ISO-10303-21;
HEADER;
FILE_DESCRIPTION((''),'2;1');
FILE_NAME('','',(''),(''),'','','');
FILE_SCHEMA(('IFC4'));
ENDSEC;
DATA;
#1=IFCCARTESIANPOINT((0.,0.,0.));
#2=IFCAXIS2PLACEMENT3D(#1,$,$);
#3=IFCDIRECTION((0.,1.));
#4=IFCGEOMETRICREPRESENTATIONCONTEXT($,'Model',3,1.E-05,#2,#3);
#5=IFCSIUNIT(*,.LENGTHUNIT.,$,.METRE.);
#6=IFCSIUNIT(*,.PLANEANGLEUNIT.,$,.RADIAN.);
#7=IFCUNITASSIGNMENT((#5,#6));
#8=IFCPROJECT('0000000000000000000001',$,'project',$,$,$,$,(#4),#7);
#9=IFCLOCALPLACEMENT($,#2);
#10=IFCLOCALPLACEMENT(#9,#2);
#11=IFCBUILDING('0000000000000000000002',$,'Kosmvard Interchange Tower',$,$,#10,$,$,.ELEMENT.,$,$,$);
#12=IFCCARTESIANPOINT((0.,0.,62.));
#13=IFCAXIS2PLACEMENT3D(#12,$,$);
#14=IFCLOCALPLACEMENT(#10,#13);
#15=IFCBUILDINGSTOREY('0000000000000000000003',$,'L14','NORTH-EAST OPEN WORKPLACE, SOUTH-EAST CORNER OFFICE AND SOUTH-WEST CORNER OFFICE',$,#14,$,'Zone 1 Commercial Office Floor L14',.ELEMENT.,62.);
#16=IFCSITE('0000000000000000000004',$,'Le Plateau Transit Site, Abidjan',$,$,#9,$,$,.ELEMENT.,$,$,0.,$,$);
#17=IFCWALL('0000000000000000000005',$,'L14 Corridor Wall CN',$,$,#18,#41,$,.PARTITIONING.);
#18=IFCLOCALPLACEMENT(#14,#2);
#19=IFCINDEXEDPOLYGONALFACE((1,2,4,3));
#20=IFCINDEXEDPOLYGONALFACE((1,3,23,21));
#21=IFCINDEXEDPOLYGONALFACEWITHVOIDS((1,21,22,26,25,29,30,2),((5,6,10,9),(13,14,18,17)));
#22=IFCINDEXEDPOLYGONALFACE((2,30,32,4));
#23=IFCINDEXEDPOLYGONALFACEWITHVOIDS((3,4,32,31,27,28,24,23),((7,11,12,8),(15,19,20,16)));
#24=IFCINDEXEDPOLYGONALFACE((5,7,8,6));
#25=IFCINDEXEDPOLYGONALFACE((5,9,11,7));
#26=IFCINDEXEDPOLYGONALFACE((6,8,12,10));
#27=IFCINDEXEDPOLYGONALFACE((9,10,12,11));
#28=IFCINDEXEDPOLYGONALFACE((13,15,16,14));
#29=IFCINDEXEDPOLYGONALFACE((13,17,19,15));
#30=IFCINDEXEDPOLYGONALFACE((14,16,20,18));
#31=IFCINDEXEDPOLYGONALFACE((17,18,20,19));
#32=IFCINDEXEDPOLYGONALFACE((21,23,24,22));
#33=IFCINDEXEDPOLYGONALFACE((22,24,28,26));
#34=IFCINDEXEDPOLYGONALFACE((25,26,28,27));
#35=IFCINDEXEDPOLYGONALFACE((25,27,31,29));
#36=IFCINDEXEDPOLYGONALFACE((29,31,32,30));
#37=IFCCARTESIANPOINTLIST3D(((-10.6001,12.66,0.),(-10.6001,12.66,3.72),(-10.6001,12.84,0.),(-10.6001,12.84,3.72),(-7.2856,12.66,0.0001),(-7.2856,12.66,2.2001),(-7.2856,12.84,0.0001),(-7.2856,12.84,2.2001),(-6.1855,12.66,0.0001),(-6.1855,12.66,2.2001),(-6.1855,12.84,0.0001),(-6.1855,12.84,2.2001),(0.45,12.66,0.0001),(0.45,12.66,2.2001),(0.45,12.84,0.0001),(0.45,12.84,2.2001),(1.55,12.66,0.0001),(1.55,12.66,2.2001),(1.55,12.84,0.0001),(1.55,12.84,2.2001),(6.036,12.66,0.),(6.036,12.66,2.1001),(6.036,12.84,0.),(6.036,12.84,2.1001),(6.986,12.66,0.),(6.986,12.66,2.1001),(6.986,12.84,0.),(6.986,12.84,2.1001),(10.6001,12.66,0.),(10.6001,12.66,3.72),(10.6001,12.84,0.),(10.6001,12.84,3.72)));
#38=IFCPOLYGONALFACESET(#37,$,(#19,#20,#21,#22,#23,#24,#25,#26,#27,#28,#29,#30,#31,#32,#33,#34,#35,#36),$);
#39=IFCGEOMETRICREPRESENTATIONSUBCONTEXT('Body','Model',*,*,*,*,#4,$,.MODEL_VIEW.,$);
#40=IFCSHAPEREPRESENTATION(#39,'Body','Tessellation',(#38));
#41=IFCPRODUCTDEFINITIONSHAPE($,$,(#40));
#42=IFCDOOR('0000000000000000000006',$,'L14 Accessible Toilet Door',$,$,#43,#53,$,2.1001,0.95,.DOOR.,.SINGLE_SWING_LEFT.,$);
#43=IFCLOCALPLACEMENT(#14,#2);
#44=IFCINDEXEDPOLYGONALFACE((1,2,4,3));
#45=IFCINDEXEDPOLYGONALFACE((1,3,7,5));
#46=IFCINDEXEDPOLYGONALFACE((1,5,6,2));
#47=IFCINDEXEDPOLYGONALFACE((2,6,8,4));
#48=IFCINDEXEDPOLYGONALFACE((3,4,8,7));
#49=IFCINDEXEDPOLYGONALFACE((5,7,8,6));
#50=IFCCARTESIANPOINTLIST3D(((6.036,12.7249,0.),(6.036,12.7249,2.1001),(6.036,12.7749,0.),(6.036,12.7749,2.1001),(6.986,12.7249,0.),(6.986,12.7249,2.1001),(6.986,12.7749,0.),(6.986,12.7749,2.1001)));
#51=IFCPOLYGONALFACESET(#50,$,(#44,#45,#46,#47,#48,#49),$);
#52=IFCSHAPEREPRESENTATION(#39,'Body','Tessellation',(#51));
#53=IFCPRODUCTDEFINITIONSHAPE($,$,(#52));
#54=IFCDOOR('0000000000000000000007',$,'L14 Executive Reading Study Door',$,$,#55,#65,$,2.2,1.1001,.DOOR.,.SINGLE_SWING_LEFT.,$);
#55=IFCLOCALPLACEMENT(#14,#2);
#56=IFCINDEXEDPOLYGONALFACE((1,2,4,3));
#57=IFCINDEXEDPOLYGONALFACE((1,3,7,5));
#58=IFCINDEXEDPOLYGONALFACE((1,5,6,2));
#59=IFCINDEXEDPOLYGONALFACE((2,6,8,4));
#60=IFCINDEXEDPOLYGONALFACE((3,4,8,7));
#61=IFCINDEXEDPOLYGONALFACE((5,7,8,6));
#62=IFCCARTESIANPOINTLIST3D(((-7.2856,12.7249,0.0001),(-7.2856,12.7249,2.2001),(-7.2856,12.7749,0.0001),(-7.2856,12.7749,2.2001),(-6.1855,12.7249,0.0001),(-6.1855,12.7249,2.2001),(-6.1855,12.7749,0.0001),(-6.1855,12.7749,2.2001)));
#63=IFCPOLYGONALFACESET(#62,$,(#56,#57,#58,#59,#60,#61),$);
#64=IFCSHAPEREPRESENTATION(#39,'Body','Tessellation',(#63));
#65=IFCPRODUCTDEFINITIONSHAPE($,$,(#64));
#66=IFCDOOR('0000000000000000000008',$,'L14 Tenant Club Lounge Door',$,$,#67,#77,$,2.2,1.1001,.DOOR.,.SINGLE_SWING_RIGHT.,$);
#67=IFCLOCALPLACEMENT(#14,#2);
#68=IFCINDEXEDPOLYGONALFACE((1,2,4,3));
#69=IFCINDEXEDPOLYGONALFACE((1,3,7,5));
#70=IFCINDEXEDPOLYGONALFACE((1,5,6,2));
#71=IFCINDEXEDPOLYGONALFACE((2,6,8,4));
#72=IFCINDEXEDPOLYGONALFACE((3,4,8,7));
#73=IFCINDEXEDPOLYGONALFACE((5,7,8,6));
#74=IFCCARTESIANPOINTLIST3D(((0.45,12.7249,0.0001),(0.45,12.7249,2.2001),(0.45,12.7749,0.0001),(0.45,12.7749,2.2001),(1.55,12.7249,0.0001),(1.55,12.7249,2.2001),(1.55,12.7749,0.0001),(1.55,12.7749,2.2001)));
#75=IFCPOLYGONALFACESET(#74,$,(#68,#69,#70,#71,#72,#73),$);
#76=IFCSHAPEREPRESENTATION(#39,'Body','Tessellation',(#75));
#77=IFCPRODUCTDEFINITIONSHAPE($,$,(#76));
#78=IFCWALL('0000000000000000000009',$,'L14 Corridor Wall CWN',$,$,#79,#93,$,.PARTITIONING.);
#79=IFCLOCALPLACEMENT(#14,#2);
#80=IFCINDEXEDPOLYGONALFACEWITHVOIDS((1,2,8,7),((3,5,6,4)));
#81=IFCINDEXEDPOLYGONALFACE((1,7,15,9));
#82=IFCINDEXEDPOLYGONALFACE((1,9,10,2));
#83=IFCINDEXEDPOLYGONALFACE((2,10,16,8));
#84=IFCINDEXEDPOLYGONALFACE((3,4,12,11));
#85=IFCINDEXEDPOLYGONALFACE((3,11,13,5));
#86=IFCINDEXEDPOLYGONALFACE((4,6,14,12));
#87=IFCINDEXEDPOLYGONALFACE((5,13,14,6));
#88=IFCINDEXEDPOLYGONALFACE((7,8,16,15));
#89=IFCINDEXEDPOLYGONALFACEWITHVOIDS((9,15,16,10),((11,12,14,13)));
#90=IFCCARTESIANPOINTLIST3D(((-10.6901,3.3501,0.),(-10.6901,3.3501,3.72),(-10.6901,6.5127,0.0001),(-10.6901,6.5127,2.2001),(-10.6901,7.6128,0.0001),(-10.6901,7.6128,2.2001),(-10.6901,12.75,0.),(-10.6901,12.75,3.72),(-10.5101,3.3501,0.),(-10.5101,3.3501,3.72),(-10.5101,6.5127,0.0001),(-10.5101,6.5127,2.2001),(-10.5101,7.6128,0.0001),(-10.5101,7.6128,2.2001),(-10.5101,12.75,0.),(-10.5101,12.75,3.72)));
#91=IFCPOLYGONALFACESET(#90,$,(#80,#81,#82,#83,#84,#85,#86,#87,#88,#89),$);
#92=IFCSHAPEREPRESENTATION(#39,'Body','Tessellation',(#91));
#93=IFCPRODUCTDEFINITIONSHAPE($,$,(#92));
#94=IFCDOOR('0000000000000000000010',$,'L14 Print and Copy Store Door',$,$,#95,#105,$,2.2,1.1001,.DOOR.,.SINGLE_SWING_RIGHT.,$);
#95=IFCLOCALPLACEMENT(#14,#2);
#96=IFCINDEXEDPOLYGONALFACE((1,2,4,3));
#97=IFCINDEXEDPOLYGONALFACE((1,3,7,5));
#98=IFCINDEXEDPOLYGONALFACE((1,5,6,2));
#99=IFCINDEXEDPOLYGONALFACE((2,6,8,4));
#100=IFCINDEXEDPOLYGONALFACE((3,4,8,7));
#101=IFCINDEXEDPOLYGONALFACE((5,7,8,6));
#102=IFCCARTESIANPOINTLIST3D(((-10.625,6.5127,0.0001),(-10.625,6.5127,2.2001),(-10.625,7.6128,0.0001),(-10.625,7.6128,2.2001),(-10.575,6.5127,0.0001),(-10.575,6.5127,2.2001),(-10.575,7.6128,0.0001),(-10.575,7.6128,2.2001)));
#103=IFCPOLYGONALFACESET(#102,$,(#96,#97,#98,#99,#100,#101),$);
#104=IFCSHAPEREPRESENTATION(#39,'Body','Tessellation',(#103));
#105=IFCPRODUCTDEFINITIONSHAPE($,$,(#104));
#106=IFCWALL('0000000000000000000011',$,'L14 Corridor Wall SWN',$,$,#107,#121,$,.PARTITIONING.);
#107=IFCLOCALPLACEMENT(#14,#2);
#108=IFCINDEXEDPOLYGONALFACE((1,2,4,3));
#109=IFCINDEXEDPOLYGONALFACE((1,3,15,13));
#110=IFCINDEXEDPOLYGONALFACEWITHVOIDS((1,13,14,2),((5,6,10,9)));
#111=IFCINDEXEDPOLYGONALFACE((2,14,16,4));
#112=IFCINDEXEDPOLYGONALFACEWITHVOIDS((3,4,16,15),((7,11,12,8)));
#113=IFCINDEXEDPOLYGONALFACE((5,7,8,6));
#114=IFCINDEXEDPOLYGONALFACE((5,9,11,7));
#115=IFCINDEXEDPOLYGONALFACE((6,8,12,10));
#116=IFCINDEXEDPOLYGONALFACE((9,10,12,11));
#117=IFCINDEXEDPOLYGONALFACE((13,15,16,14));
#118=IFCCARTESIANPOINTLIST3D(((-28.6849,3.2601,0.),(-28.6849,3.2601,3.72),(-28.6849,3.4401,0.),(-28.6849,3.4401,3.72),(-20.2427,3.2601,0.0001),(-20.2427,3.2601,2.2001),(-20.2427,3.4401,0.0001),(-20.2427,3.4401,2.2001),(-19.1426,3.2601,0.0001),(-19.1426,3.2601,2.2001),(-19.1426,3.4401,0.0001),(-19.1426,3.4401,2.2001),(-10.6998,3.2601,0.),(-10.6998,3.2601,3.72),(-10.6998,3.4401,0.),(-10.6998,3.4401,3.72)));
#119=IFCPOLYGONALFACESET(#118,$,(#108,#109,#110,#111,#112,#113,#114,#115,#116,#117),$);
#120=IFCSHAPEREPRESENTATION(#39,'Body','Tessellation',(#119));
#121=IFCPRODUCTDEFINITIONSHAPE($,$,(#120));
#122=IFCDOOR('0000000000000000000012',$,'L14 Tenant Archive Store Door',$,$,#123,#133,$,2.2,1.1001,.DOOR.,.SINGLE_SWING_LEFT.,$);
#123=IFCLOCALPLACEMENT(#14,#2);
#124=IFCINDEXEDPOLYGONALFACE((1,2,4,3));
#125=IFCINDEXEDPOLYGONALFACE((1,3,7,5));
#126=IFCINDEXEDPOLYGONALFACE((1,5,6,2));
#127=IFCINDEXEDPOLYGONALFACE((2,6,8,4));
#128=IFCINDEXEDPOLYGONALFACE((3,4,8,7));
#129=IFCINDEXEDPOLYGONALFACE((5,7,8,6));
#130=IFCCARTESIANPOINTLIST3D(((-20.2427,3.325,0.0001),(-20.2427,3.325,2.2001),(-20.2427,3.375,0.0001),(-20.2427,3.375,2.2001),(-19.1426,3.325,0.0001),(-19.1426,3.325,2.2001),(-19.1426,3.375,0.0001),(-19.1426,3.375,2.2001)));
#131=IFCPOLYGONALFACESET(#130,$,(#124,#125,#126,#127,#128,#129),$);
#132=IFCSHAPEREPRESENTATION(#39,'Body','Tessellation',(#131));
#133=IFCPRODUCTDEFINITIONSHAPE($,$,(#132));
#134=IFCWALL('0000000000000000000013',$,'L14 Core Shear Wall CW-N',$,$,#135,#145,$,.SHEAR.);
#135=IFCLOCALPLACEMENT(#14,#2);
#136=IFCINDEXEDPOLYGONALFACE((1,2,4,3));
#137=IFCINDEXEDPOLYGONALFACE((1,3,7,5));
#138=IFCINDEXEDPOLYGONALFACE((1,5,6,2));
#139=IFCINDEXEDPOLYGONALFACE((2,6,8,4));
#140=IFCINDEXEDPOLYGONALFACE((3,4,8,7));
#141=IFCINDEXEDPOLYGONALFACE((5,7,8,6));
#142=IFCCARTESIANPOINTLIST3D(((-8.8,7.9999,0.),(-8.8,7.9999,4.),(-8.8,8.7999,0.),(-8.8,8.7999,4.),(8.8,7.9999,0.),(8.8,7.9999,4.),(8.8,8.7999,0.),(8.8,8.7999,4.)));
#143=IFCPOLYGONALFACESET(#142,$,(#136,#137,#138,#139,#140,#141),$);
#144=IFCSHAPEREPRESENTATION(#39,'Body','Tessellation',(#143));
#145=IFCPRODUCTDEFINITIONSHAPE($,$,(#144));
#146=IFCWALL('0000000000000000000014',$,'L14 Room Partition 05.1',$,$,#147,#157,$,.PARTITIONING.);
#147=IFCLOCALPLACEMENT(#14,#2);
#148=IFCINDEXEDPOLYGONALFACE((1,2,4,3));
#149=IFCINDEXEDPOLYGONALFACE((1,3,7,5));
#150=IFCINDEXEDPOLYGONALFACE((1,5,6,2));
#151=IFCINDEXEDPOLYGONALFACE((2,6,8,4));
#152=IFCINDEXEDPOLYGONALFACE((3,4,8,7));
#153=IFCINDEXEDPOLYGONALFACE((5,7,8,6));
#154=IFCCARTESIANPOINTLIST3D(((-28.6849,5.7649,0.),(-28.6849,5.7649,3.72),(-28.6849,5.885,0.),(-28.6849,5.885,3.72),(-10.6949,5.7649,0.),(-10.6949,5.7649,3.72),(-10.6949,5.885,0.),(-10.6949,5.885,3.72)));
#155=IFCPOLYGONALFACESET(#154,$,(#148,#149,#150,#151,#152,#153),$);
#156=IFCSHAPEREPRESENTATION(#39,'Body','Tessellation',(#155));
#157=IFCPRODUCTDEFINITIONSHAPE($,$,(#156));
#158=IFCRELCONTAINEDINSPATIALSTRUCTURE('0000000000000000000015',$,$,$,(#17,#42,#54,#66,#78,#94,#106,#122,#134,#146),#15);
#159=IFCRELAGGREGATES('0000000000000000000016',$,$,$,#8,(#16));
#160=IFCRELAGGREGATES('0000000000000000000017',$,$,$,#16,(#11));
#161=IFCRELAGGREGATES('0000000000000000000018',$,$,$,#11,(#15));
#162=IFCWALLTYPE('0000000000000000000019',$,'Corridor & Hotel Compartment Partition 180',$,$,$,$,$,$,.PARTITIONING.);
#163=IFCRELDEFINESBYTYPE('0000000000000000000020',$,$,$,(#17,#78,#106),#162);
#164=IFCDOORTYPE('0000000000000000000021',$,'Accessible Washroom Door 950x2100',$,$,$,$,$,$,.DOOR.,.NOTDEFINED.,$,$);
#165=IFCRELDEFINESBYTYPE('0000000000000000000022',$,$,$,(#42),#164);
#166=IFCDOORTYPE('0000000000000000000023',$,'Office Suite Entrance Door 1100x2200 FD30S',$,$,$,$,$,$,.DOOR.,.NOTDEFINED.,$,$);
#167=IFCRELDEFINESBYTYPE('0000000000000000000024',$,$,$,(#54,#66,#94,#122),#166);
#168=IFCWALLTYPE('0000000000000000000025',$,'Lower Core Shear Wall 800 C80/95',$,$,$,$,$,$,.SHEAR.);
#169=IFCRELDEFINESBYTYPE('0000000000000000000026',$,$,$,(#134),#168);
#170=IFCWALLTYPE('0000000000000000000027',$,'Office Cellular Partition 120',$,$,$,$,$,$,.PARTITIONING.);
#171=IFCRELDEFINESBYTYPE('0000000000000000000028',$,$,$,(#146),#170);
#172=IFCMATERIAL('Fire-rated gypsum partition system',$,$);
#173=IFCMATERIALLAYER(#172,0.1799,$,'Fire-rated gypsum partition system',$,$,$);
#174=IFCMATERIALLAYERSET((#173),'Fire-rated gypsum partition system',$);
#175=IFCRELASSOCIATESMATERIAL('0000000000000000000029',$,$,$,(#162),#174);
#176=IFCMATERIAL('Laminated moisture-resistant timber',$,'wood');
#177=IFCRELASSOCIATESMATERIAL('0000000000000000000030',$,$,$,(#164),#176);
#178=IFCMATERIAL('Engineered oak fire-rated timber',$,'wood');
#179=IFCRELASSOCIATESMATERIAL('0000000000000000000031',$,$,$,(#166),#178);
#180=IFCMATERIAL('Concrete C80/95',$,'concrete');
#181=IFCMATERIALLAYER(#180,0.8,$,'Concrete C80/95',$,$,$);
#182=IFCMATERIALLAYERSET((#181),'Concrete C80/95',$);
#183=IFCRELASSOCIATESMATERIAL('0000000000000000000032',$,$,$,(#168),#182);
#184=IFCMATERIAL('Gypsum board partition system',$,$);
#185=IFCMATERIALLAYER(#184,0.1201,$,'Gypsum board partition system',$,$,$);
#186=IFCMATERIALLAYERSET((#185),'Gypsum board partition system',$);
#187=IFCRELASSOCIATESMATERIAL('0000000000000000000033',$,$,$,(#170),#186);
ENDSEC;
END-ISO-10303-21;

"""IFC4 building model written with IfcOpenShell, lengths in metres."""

from ifc_helpers import new_model, si_unit, direction, frame, frame_2d, origin, place, context, subcontext, project, spatial, rectangle, extrude, source, transform, mapped, material, layer, layer_set, type_object, element, fill, save


model = new_model("IFC4")

# Units and contexts
model_context = context("Model", 3, precision=1e-05, world=origin(), true_north=direction((0.0, 1.0)))
body_context = subcontext(model_context, "Body", "Model", "MODEL_VIEW")
ifc_project = project(units=[si_unit("LENGTHUNIT", "METRE"), si_unit("PLANEANGLEUNIT", "RADIAN")], contexts=[model_context])

# Site, building, storey
site_placement = place(None, origin())
site = spatial("IfcSite", under=ifc_project, at=site_placement, Name="Le Plateau Transit Site, Abidjan", CompositionType="ELEMENT", RefElevation=0.0)
building_placement = place(site_placement, origin())
building = spatial("IfcBuilding", under=site, at=building_placement, Name="Kosmvard Interchange Tower", CompositionType="ELEMENT")
storey_placement = place(building_placement, frame((0.0, 0.0, 62.0)))
storey = spatial("IfcBuildingStorey", under=building, at=storey_placement, Name="L14", Description="NORTH-EAST OPEN WORKPLACE, SOUTH-EAST CORNER OFFICE AND SOUTH-WEST CORNER OFFICE", LongName="Zone 1 Commercial Office Floor L14", CompositionType="ELEMENT", Elevation=62.0)

# Shared definitions
ifc_material_1 = material(Name="Concrete C80/95", Category="concrete")

# Shared definitions
ifc_material_2 = material(Name="Fire-rated gypsum partition system")

# Wall, openings, doors
ifc_layer_1 = layer(ifc_material_2, 0.1799, Name="Fire-rated gypsum partition system")
ifc_layer_set_1 = layer_set([ifc_layer_1], Name="Fire-rated gypsum partition system")
wall_type_1 = type_object("IfcWallType", Name="Corridor & Hotel Compartment Partition 180", PredefinedType="PARTITIONING", material=ifc_layer_set_1)
wall_1_placement = place(storey_placement, frame((-10.6001, 12.75, 0.0), z_axis=(0.0, 0.0, 1.0), x_axis=(1.0, 0.0, 0.0)))
wall_1 = element("IfcWall", 1, at=wall_1_placement, inside=storey, type_object=wall_type_1, Name="L14 Corridor Wall CN", PredefinedType="PARTITIONING", context=body_context, shape_type="SweptSolid", body=[
    extrude(rectangle(XDim=21.2002, YDim=0.1799, at=frame_2d((10.6001, 0.0))), origin(), (0.0, 0.0, 1.0), 3.72),
])
opening_1_placement = place(wall_1_placement, frame((16.636, 0.0, 0.0)))
opening_1 = element("IfcOpeningElement", 2, at=opening_1_placement, cuts=wall_1, PredefinedType="OPENING", context=body_context, shape_type="SweptSolid", body=[
    extrude(rectangle(XDim=0.95, YDim=2.1001, at=frame_2d((0.4751, 1.05))), frame((0.0, 0.1001, 0.0), z_axis=(0.0, -1.0, 0.0), x_axis=(1.0, 0.0, 0.0)), (0.0, 0.0, 1.0), 0.2),
])
opening_2_placement = place(wall_1_placement, frame((3.3145, 0.0, 0.0)))
opening_2 = element("IfcOpeningElement", 3, at=opening_2_placement, cuts=wall_1, PredefinedType="OPENING", context=body_context, shape_type="SweptSolid", body=[
    extrude(rectangle(XDim=1.1001, YDim=2.2, at=frame_2d((0.55, 1.1001))), frame((0.0, 0.1001, 0.0), z_axis=(0.0, -1.0, 0.0), x_axis=(1.0, 0.0, 0.0)), (0.0, 0.0, 1.0), 0.2),
])
opening_3_placement = place(wall_1_placement, frame((11.05, 0.0, 0.0)))
opening_3 = element("IfcOpeningElement", 4, at=opening_3_placement, cuts=wall_1, PredefinedType="OPENING", context=body_context, shape_type="SweptSolid", body=[
    extrude(rectangle(XDim=1.1001, YDim=2.2, at=frame_2d((0.55, 1.1001))), frame((0.0, 0.1001, 0.0), z_axis=(0.0, -1.0, 0.0), x_axis=(1.0, 0.0, 0.0)), (0.0, 0.0, 1.0), 0.2),
])
ifc_material_3 = material(Name="Laminated moisture-resistant timber", Category="wood")
door_type_1 = type_object("IfcDoorType", Name="Accessible Washroom Door 950x2100", OperationType="NOTDEFINED", PredefinedType="DOOR", material=ifc_material_3)
shared_shape_1 = source(origin(), body_context, "Body", "SweptSolid", [
    extrude(rectangle(XDim=0.95, YDim=2.1001, at=frame_2d((0.4751, 1.05))), frame((0.0, 0.0249, 0.0), z_axis=(0.0, -1.0, 0.0), x_axis=(1.0, 0.0, 0.0)), (0.0, 0.0, 1.0), 0.05),
])
door_1_placement = place(opening_1_placement, origin())
door_1 = element("IfcDoor", 5, at=door_1_placement, inside=storey, type_object=door_type_1, Name="L14 Accessible Toilet Door", OperationType="SINGLE_SWING_LEFT", OverallHeight=2.1001, OverallWidth=0.95, PredefinedType="DOOR", context=body_context, shape_type="MappedRepresentation", body=[
    mapped(shared_shape_1, transform((0.0, 0.0, 0.0), scale=1.0)),
])
fill(opening_1, door_1)
ifc_material_4 = material(Name="Engineered oak fire-rated timber", Category="wood")
door_type_2 = type_object("IfcDoorType", Name="Office Suite Entrance Door 1100x2200 FD30S", OperationType="NOTDEFINED", PredefinedType="DOOR", material=ifc_material_4)
shared_shape_2 = source(origin(), body_context, "Body", "SweptSolid", [
    extrude(rectangle(XDim=1.1001, YDim=2.2, at=frame_2d((0.55, 1.1001))), frame((0.0, 0.0249, 0.0), z_axis=(0.0, -1.0, 0.0), x_axis=(1.0, 0.0, 0.0)), (0.0, 0.0, 1.0), 0.05),
])
door_2_placement = place(opening_2_placement, origin())
door_2 = element("IfcDoor", 6, at=door_2_placement, inside=storey, type_object=door_type_2, Name="L14 Executive Reading Study Door", OperationType="SINGLE_SWING_LEFT", OverallHeight=2.2, OverallWidth=1.1001, PredefinedType="DOOR", context=body_context, shape_type="MappedRepresentation", body=[
    mapped(shared_shape_2, transform((0.0, 0.0, 0.0), scale=1.0)),
])
fill(opening_2, door_2)
door_3_placement = place(opening_3_placement, origin())
door_3 = element("IfcDoor", 7, at=door_3_placement, inside=storey, type_object=door_type_2, Name="L14 Tenant Club Lounge Door", OperationType="SINGLE_SWING_RIGHT", OverallHeight=2.2, OverallWidth=1.1001, PredefinedType="DOOR", context=body_context, shape_type="MappedRepresentation", body=[
    mapped(shared_shape_2, transform((0.0, 0.0, 0.0), scale=1.0)),
])
fill(opening_3, door_3)

# Walls, openings, doors
wall_2_placement = place(storey_placement, frame((-10.6001, 3.3501, 0.0), z_axis=(0.0, 0.0, 1.0), x_axis=(0.0, 1.0, 0.0)))
wall_2 = element("IfcWall", 8, at=wall_2_placement, inside=storey, type_object=wall_type_1, Name="L14 Corridor Wall CWN", PredefinedType="PARTITIONING", context=body_context, shape_type="SweptSolid", body=[
    extrude(rectangle(XDim=9.3999, YDim=0.1799, at=frame_2d((4.7, 0.0))), origin(), (0.0, 0.0, 1.0), 3.72),
])
opening_4_placement = place(wall_2_placement, frame((3.1626, 0.0, 0.0)))
opening_4 = element("IfcOpeningElement", 9, at=opening_4_placement, cuts=wall_2, PredefinedType="OPENING", context=body_context, shape_type="SweptSolid", body=[
    extrude(rectangle(XDim=1.1001, YDim=2.2, at=frame_2d((0.55, 1.1001))), frame((0.0, 0.1001, 0.0), z_axis=(0.0, -1.0, 0.0), x_axis=(1.0, 0.0, 0.0)), (0.0, 0.0, 1.0), 0.2),
])
door_4_placement = place(opening_4_placement, origin())
door_4 = element("IfcDoor", 10, at=door_4_placement, inside=storey, type_object=door_type_2, Name="L14 Print and Copy Store Door", OperationType="SINGLE_SWING_RIGHT", OverallHeight=2.2, OverallWidth=1.1001, PredefinedType="DOOR", context=body_context, shape_type="MappedRepresentation", body=[
    mapped(shared_shape_2, transform((0.0, 0.0, 0.0), scale=1.0)),
])
fill(opening_4, door_4)
wall_3_placement = place(storey_placement, frame((-28.6851, 3.3501, 0.0), z_axis=(0.0, 0.0, 1.0), x_axis=(1.0, 0.0, 0.0)))
wall_3 = element("IfcWall", 11, at=wall_3_placement, inside=storey, type_object=wall_type_1, Name="L14 Corridor Wall SWN", PredefinedType="PARTITIONING", context=body_context, shape_type="SweptSolid", body=[
    extrude(rectangle(XDim=17.9851, YDim=0.1799, at=frame_2d((8.9927, 0.0))), origin(), (0.0, 0.0, 1.0), 3.72),
])
opening_5_placement = place(wall_3_placement, frame((8.4424, 0.0, 0.0)))
opening_5 = element("IfcOpeningElement", 12, at=opening_5_placement, cuts=wall_3, PredefinedType="OPENING", context=body_context, shape_type="SweptSolid", body=[
    extrude(rectangle(XDim=1.1001, YDim=2.2, at=frame_2d((0.55, 1.1001))), frame((0.0, 0.1001, 0.0), z_axis=(0.0, -1.0, 0.0), x_axis=(1.0, 0.0, 0.0)), (0.0, 0.0, 1.0), 0.2),
])
door_5_placement = place(opening_5_placement, origin())
door_5 = element("IfcDoor", 13, at=door_5_placement, inside=storey, type_object=door_type_2, Name="L14 Tenant Archive Store Door", OperationType="SINGLE_SWING_LEFT", OverallHeight=2.2, OverallWidth=1.1001, PredefinedType="DOOR", context=body_context, shape_type="MappedRepresentation", body=[
    mapped(shared_shape_2, transform((0.0, 0.0, 0.0), scale=1.0)),
])
fill(opening_5, door_5)

# Walls
ifc_layer_2 = layer(ifc_material_1, 0.8, Name="Concrete C80/95")
ifc_layer_set_2 = layer_set([ifc_layer_2], Name="Concrete C80/95")
wall_type_2 = type_object("IfcWallType", Name="Lower Core Shear Wall 800 C80/95", PredefinedType="SHEAR", material=ifc_layer_set_2)
wall_4_placement = place(storey_placement, frame((-8.8, 8.3999, 0.0), z_axis=(0.0, 0.0, 1.0), x_axis=(1.0, 0.0, 0.0)))
element("IfcWall", 14, at=wall_4_placement, inside=storey, type_object=wall_type_2, Name="L14 Core Shear Wall CW-N", PredefinedType="SHEAR", context=body_context, shape_type="SweptSolid", body=[
    extrude(rectangle(XDim=17.6001, YDim=0.8, at=frame_2d((8.8, 0.0))), origin(), (0.0, 0.0, 1.0), 4.0),
])
ifc_material_5 = material(Name="Gypsum board partition system")
ifc_layer_3 = layer(ifc_material_5, 0.1201, Name="Gypsum board partition system")
ifc_layer_set_3 = layer_set([ifc_layer_3], Name="Gypsum board partition system")
wall_type_3 = type_object("IfcWallType", Name="Office Cellular Partition 120", PredefinedType="PARTITIONING", material=ifc_layer_set_3)
wall_5_placement = place(storey_placement, frame((-28.6851, 5.825, 0.0), z_axis=(0.0, 0.0, 1.0), x_axis=(1.0, 0.0, 0.0)))
element("IfcWall", 15, at=wall_5_placement, inside=storey, type_object=wall_type_3, Name="L14 Room Partition 05.1", PredefinedType="PARTITIONING", context=body_context, shape_type="SweptSolid", body=[
    extrude(rectangle(XDim=17.99, YDim=0.1201, at=frame_2d((8.9951, 0.0))), origin(), (0.0, 0.0, 1.0), 3.72),
])

save(model, "model.ifc")
